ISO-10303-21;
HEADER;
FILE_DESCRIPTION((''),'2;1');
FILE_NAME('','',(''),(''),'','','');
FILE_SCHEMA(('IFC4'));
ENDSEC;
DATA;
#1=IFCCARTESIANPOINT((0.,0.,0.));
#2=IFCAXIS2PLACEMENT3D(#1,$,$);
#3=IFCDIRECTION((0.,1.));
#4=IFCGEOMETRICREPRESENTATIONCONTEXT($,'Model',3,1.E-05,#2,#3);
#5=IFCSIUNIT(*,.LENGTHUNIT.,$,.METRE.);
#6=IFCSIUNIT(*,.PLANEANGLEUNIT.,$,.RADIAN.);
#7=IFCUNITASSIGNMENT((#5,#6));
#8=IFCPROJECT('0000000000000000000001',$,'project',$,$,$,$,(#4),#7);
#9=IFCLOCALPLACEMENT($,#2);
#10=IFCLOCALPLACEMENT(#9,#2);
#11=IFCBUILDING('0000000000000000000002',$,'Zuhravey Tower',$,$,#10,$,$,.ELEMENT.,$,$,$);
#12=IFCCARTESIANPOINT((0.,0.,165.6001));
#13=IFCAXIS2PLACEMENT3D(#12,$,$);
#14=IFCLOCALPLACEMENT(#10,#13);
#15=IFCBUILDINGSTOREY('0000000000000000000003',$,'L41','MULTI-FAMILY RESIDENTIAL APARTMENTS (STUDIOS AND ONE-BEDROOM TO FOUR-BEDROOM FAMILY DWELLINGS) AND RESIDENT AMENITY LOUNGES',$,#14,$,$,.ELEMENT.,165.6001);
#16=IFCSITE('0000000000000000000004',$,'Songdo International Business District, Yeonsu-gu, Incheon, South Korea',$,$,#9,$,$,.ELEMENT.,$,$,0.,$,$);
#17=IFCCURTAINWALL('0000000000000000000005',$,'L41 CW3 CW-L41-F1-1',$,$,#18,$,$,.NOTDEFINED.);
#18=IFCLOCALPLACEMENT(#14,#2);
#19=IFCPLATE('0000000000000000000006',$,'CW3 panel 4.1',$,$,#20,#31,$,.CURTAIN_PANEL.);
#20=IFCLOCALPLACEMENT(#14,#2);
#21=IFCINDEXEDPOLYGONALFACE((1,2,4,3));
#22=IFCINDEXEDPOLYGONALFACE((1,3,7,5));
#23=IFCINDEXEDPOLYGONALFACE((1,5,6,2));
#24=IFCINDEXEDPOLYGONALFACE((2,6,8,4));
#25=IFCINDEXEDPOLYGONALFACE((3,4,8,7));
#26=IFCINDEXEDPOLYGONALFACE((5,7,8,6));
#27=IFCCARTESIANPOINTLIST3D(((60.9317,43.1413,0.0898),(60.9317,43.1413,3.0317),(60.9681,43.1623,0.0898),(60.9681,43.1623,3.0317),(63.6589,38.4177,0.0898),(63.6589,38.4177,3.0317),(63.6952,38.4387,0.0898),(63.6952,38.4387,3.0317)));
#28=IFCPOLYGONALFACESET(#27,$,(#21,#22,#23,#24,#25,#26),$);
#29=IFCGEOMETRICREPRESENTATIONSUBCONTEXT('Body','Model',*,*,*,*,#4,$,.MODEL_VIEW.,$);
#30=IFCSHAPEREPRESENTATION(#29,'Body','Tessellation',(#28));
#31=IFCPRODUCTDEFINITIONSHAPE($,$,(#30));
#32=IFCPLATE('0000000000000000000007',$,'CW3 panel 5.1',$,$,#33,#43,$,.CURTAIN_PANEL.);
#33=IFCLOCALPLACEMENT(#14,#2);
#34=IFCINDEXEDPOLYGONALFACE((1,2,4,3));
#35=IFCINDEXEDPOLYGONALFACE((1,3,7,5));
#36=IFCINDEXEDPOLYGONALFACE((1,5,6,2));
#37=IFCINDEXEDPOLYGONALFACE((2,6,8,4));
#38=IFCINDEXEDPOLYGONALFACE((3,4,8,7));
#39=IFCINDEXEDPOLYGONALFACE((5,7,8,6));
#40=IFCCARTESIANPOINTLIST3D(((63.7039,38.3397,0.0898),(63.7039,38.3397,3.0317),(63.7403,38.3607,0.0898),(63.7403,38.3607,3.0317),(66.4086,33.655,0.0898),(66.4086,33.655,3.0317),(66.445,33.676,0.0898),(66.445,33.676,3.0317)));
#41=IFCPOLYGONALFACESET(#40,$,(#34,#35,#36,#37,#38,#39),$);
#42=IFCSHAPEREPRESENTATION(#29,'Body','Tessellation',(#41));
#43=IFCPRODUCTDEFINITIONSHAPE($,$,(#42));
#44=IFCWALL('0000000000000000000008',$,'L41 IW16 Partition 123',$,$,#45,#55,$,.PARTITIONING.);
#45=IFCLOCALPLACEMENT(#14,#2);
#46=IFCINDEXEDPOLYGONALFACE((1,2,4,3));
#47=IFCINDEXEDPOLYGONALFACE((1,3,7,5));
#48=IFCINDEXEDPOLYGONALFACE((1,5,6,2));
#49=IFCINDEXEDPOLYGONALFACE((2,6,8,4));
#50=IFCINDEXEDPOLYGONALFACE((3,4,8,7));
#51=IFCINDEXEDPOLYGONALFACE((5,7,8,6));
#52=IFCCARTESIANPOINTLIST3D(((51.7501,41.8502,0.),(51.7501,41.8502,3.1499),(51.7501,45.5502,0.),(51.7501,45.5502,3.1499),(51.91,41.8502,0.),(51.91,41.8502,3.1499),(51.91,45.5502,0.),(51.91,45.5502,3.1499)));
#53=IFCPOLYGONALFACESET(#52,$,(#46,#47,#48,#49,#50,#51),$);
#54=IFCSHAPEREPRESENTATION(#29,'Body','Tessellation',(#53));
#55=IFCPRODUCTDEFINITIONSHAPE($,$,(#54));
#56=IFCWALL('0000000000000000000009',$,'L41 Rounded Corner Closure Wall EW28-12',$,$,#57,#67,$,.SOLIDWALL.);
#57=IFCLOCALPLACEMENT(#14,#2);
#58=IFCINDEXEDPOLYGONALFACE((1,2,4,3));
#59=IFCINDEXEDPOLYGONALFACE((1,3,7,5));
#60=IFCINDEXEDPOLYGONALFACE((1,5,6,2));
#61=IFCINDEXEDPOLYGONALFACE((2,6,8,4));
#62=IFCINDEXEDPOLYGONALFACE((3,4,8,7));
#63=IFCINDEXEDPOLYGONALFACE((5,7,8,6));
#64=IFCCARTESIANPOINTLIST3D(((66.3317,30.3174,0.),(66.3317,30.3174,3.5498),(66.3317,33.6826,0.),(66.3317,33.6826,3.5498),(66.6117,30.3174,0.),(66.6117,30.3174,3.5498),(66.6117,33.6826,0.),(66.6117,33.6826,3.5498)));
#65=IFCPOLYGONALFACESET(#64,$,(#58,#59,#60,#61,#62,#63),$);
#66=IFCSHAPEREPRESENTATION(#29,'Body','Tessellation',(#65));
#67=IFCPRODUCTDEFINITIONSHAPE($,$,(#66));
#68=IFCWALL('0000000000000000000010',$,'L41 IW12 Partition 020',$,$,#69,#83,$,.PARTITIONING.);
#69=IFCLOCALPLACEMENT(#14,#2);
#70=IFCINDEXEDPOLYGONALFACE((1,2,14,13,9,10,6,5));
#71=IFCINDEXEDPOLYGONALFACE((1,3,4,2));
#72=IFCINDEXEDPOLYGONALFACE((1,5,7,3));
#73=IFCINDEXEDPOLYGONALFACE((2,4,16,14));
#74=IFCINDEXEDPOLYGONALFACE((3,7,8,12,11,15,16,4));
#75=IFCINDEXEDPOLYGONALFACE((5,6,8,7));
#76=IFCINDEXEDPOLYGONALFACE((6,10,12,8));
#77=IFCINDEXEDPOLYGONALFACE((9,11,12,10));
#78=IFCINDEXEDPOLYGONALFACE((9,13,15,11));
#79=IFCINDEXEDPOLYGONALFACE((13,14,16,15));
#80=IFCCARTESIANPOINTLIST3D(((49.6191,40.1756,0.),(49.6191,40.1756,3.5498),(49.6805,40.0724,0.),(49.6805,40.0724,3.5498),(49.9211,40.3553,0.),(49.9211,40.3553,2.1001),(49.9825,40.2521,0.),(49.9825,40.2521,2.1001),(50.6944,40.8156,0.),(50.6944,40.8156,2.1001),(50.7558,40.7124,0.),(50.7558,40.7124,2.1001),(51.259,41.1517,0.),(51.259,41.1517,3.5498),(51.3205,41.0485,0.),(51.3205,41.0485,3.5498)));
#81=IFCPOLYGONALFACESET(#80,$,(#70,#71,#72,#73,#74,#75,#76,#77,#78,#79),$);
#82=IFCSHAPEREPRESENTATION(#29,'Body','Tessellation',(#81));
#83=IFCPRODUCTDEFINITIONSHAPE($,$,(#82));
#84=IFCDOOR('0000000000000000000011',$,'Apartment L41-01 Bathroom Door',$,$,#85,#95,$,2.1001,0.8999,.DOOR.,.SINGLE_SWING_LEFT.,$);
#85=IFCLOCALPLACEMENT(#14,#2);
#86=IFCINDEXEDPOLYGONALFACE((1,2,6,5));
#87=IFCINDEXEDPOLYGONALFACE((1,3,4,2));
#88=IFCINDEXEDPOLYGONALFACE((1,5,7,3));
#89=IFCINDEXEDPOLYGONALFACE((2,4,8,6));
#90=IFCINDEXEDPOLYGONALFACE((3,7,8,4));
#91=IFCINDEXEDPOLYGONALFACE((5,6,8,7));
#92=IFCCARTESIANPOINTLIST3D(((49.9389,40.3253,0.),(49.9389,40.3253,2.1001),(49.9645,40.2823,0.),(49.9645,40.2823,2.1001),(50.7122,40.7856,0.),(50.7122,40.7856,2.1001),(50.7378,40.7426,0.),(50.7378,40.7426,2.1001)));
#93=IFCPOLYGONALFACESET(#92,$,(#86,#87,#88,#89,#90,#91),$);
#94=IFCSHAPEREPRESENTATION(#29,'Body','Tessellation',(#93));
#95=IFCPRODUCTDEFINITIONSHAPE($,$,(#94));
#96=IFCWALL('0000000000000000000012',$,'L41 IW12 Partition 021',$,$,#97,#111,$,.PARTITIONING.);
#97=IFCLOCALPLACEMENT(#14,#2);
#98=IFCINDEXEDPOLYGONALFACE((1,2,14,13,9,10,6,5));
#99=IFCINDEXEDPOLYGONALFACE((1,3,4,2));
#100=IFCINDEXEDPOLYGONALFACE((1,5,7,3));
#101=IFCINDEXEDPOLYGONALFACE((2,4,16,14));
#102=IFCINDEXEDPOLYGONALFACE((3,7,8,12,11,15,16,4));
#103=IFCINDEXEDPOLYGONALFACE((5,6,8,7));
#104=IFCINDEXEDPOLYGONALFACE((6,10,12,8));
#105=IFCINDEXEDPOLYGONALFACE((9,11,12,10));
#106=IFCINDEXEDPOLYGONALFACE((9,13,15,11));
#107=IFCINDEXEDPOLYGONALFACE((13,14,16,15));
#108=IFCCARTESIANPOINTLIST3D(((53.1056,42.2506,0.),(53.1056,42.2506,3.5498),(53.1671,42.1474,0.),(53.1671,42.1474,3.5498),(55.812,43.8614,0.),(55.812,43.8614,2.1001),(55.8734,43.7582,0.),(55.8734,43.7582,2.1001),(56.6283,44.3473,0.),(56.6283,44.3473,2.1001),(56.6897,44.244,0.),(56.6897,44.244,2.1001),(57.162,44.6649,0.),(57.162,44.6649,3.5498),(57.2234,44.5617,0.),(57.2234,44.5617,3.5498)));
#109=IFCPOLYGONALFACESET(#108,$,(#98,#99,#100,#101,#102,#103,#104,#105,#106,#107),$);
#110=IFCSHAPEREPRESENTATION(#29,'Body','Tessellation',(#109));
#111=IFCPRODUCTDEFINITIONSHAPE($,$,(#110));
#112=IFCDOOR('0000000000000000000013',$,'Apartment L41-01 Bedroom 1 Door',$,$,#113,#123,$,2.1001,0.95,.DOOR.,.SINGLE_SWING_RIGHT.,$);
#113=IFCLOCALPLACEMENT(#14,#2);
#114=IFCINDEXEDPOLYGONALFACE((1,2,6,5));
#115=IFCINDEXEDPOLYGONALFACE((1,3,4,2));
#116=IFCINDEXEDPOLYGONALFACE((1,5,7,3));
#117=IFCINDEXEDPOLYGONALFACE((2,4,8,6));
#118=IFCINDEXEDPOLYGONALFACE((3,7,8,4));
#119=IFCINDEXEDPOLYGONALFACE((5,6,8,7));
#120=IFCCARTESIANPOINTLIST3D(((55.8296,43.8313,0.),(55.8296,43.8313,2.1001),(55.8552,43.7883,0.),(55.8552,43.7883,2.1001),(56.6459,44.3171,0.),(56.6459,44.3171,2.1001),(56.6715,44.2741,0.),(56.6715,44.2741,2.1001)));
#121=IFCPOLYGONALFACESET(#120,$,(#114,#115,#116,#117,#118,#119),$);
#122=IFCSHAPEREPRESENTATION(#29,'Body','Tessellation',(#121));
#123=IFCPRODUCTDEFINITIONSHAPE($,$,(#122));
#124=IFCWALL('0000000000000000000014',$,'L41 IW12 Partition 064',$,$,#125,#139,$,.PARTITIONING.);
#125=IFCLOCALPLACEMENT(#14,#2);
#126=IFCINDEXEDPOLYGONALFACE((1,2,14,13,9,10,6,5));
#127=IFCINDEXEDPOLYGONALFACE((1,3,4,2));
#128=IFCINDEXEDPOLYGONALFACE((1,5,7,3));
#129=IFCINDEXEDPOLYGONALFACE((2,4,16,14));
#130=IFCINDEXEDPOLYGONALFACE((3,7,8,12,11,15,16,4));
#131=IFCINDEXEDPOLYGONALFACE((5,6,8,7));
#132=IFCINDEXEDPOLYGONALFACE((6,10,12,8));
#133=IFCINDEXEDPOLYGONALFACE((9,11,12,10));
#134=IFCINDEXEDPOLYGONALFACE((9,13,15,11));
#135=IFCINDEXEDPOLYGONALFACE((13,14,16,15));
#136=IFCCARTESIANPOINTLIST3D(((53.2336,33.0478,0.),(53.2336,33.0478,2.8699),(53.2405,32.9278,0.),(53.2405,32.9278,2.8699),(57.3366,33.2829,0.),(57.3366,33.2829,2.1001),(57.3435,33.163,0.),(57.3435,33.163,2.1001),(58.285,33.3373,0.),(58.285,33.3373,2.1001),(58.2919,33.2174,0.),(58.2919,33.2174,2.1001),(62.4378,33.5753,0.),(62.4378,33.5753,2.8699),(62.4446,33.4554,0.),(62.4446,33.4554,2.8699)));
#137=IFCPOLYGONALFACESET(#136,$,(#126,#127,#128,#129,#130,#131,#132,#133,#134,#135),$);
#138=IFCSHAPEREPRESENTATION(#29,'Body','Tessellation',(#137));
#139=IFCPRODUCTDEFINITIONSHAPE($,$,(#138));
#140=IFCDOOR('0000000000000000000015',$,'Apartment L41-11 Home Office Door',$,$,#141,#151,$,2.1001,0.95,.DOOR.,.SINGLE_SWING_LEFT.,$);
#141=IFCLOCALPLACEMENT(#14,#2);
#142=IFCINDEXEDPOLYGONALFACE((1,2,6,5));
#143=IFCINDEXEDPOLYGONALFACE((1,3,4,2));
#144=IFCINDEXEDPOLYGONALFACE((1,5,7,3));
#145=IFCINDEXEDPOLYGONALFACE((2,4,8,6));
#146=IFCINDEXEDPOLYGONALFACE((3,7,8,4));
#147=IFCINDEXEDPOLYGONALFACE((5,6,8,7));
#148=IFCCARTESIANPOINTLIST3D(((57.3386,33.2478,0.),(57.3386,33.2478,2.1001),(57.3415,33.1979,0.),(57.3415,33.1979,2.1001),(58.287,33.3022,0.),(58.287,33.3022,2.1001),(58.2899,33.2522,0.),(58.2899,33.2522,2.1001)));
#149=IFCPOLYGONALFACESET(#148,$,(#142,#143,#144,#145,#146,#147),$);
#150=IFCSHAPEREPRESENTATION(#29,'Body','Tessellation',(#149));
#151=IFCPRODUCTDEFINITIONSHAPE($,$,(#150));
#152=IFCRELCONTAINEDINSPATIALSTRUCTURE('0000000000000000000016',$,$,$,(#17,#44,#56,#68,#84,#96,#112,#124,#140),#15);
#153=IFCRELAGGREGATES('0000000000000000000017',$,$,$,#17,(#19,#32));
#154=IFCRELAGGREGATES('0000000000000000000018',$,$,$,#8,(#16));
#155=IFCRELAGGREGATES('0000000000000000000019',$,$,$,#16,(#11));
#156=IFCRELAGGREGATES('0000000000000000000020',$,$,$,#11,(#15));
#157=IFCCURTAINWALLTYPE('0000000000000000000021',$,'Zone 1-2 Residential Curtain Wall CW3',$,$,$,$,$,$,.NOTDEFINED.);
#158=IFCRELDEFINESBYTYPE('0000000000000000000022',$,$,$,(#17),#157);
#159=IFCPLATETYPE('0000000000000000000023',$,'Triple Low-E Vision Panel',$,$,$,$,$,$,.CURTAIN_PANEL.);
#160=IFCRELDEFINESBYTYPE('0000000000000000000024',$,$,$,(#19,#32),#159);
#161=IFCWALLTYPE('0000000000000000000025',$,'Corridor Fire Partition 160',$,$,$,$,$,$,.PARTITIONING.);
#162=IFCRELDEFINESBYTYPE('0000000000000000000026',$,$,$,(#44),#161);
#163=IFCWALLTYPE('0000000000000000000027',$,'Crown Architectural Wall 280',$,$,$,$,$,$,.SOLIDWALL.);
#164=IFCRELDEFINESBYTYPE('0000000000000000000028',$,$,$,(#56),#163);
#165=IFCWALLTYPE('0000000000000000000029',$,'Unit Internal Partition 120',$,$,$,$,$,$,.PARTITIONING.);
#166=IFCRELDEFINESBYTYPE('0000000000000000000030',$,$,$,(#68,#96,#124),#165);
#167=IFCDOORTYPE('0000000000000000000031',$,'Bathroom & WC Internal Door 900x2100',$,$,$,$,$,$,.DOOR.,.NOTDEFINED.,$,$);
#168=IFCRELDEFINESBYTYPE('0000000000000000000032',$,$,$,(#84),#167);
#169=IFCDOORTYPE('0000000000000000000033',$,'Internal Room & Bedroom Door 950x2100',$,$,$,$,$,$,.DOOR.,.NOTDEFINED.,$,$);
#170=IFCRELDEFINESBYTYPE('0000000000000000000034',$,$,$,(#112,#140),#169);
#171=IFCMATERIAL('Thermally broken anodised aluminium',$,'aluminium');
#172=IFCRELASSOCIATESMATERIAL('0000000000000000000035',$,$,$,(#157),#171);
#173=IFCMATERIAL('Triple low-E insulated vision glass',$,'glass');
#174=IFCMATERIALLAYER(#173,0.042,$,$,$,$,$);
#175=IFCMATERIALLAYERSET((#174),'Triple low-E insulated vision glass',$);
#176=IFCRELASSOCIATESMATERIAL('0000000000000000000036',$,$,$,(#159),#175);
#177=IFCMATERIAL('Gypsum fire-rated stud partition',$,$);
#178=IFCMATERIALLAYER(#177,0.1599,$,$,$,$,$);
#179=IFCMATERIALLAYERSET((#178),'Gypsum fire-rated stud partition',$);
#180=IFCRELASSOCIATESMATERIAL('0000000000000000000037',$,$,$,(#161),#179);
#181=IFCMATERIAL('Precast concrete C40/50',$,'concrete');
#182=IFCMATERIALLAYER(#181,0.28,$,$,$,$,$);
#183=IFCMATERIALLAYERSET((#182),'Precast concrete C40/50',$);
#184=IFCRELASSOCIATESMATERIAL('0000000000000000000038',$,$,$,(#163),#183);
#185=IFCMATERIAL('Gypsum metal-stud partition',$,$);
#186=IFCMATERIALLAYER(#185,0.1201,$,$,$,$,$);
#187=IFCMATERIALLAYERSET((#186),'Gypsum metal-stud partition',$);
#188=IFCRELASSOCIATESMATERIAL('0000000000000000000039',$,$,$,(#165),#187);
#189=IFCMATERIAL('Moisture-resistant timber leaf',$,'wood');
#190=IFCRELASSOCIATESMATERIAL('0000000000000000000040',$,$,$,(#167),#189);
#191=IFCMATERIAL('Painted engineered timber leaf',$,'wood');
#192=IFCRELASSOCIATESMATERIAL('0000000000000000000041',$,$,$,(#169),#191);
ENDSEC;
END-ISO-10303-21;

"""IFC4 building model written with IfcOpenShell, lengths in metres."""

from ifc_helpers import new_model, si_unit, direction, frame, frame_2d, origin, origin_2d, place, context, subcontext, project, spatial, rectangle, extrude, material, layer, layer_set, type_object, element, fill, aggregate, save


model = new_model("IFC4")

# Units and contexts
model_context = context("Model", 3, precision=1e-05, world=origin(), true_north=direction((0.0, 1.0)))
body_context = subcontext(model_context, "Body", "Model", "MODEL_VIEW")
ifc_project = project(units=[si_unit("LENGTHUNIT", "METRE"), si_unit("PLANEANGLEUNIT", "RADIAN")], contexts=[model_context])

# Site, building, storey
site_placement = place(None, origin())
site = spatial("IfcSite", under=ifc_project, at=site_placement, Name="Songdo International Business District, Yeonsu-gu, Incheon, South Korea", CompositionType="ELEMENT", RefElevation=0.0)
building_placement = place(site_placement, origin())
building = spatial("IfcBuilding", under=site, at=building_placement, Name="Zuhravey Tower", CompositionType="ELEMENT")
storey_placement = place(building_placement, frame((0.0, 0.0, 165.6001)))
storey = spatial("IfcBuildingStorey", under=building, at=storey_placement, Name="L41", Description="MULTI-FAMILY RESIDENTIAL APARTMENTS (STUDIOS AND ONE-BEDROOM TO FOUR-BEDROOM FAMILY DWELLINGS) AND RESIDENT AMENITY LOUNGES", CompositionType="ELEMENT", Elevation=165.6001)

# Curtain wall
ifc_material_1 = material(Name="Thermally broken anodised aluminium", Category="aluminium")
curtain_wall_type = type_object("IfcCurtainWallType", Name="Zone 1-2 Residential Curtain Wall CW3", PredefinedType="NOTDEFINED", material=ifc_material_1)
curtain_wall_placement = place(storey_placement, origin())
curtain_wall = element("IfcCurtainWall", 1, at=curtain_wall_placement, inside=storey, type_object=curtain_wall_type, Name="L41 CW3 CW-L41-F1-1", PredefinedType="NOTDEFINED")

# Plates
ifc_material_2 = material(Name="Triple low-E insulated vision glass", Category="glass")
ifc_layer_1 = layer(ifc_material_2, 0.042)
ifc_layer_set_1 = layer_set([ifc_layer_1], Name="Triple low-E insulated vision glass")
plate_type = type_object("IfcPlateType", Name="Triple Low-E Vision Panel", PredefinedType="CURTAIN_PANEL", material=ifc_layer_set_1)
plate_1_placement = place(storey_placement, frame((62.3135, 40.79, 0.0898), z_axis=(0.0, 0.0, 1.0), x_axis=(0.5, -0.866025, 0.0)))
plate_1 = element("IfcPlate", 2, at=plate_1_placement, type_object=plate_type, Name="CW3 panel 4.1", PredefinedType="CURTAIN_PANEL", context=body_context, shape_type="SweptSolid", body=[
    extrude(rectangle(XDim=5.4543, YDim=0.042, at=origin_2d()), origin(), (0.0, 0.0, 1.0), 2.9419),
])
plate_2_placement = place(storey_placement, frame((65.0745, 36.0078, 0.0898), z_axis=(0.0, 0.0, 1.0), x_axis=(0.5, -0.866025, 0.0)))
plate_2 = element("IfcPlate", 3, at=plate_2_placement, type_object=plate_type, Name="CW3 panel 5.1", PredefinedType="CURTAIN_PANEL", context=body_context, shape_type="SweptSolid", body=[
    extrude(rectangle(XDim=5.4094, YDim=0.042, at=origin_2d()), origin(), (0.0, 0.0, 1.0), 2.9419),
])
aggregate(curtain_wall, [plate_1, plate_2])

# Walls
ifc_material_3 = material(Name="Gypsum fire-rated stud partition")
ifc_layer_2 = layer(ifc_material_3, 0.1599)
ifc_layer_set_2 = layer_set([ifc_layer_2], Name="Gypsum fire-rated stud partition")
wall_type_1 = type_object("IfcWallType", Name="Corridor Fire Partition 160", PredefinedType="PARTITIONING", material=ifc_layer_set_2)
wall_1_placement = place(storey_placement, frame((51.8301, 41.8501, 0.0), z_axis=(0.0, 0.0, 1.0), x_axis=(0.0, 1.0, 0.0)))
element("IfcWall", 4, at=wall_1_placement, inside=storey, type_object=wall_type_1, Name="L41 IW16 Partition 123", PredefinedType="PARTITIONING", context=body_context, shape_type="SweptSolid", body=[
    extrude(rectangle(XDim=3.7, YDim=0.1599, at=frame_2d((1.8501, 0.0))), origin(), (0.0, 0.0, 1.0), 3.1499),
])
ifc_material_4 = material(Name="Precast concrete C40/50", Category="concrete")
ifc_layer_3 = layer(ifc_material_4, 0.28)
ifc_layer_set_3 = layer_set([ifc_layer_3], Name="Precast concrete C40/50")
wall_type_2 = type_object("IfcWallType", Name="Crown Architectural Wall 280", PredefinedType="SOLIDWALL", material=ifc_layer_set_3)
wall_2_placement = place(storey_placement, frame((66.4717, 33.6826, 0.0), z_axis=(0.0, 0.0, 1.0), x_axis=(0.0, -1.0, 0.0)))
element("IfcWall", 5, at=wall_2_placement, inside=storey, type_object=wall_type_2, Name="L41 Rounded Corner Closure Wall EW28-12", PredefinedType="SOLIDWALL", context=body_context, shape_type="SweptSolid", body=[
    extrude(rectangle(XDim=3.3652, YDim=0.28, at=frame_2d((1.6826, 0.0))), origin(), (0.0, 0.0, 1.0), 3.5498),
])

# Walls, openings, doors
ifc_material_5 = material(Name="Gypsum metal-stud partition")
ifc_layer_4 = layer(ifc_material_5, 0.1201)
ifc_layer_set_4 = layer_set([ifc_layer_4], Name="Gypsum metal-stud partition")
wall_type_3 = type_object("IfcWallType", Name="Unit Internal Partition 120", PredefinedType="PARTITIONING", material=ifc_layer_set_4)
wall_3_placement = place(storey_placement, frame((49.6499, 40.124, 0.0), z_axis=(0.0, 0.0, 1.0), x_axis=(0.859305, 0.511464, 0.0)))
wall_3 = element("IfcWall", 6, at=wall_3_placement, inside=storey, type_object=wall_type_3, Name="L41 IW12 Partition 020", PredefinedType="PARTITIONING", context=body_context, shape_type="SweptSolid", body=[
    extrude(rectangle(XDim=1.9084, YDim=0.1201, at=frame_2d((0.9541, 0.0))), origin(), (0.0, 0.0, 1.0), 3.5498),
])
opening_1_placement = place(wall_3_placement, frame((0.3513, 0.0, 0.0)))
opening_1 = element("IfcOpeningElement", 7, at=opening_1_placement, cuts=wall_3, PredefinedType="OPENING", context=body_context, shape_type="SweptSolid", body=[
    extrude(rectangle(XDim=0.8999, YDim=2.1001, at=frame_2d((0.45, 1.05))), frame((0.0, 0.072, 0.0), z_axis=(0.0, -1.0, 0.0), x_axis=(1.0, 0.0, 0.0)), (0.0, 0.0, 1.0), 0.144),
])
ifc_material_6 = material(Name="Moisture-resistant timber leaf", Category="wood")
door_type_1 = type_object("IfcDoorType", Name="Bathroom & WC Internal Door 900x2100", OperationType="NOTDEFINED", PredefinedType="DOOR", material=ifc_material_6)
door_1_placement = place(opening_1_placement, frame((0.8999, 0.0, 0.0), z_axis=(0.0, 0.0, 1.0), x_axis=(-1.0, 0.0, 0.0)))
door_1 = element("IfcDoor", 8, at=door_1_placement, inside=storey, type_object=door_type_1, Name="Apartment L41-01 Bathroom Door", OperationType="SINGLE_SWING_LEFT", OverallHeight=2.1001, OverallWidth=0.8999, PredefinedType="DOOR", context=body_context, shape_type="SweptSolid", body=[
    extrude(rectangle(XDim=0.8999, YDim=2.1001, at=frame_2d((0.45, 1.05))), frame((0.0, 0.0249, 0.0), z_axis=(0.0, -1.0, 0.0), x_axis=(1.0, 0.0, 0.0)), (0.0, 0.0, 1.0), 0.05),
])
fill(opening_1, door_1)
wall_4_placement = place(storey_placement, frame((53.1362, 42.199, 0.0), z_axis=(0.0, 0.0, 1.0), x_axis=(0.859313, 0.51145, 0.0)))
wall_4 = element("IfcWall", 9, at=wall_4_placement, inside=storey, type_object=wall_type_3, Name="L41 IW12 Partition 021", PredefinedType="PARTITIONING", context=body_context, shape_type="SweptSolid", body=[
    extrude(rectangle(XDim=4.7205, YDim=0.1201, at=frame_2d((2.3604, 0.0))), origin(), (0.0, 0.0, 1.0), 3.5498),
])
opening_2_placement = place(wall_4_placement, frame((3.1494, 0.0, 0.0)))
opening_2 = element("IfcOpeningElement", 10, at=opening_2_placement, cuts=wall_4, PredefinedType="OPENING", context=body_context, shape_type="SweptSolid", body=[
    extrude(rectangle(XDim=0.95, YDim=2.1001, at=frame_2d((0.4751, 1.05))), frame((0.0, 0.072, 0.0), z_axis=(0.0, -1.0, 0.0), x_axis=(1.0, 0.0, 0.0)), (0.0, 0.0, 1.0), 0.144),
])
ifc_material_7 = material(Name="Painted engineered timber leaf", Category="wood")
door_type_2 = type_object("IfcDoorType", Name="Internal Room & Bedroom Door 950x2100", OperationType="NOTDEFINED", PredefinedType="DOOR", material=ifc_material_7)
door_2_placement = place(opening_2_placement, frame((0.95, 0.0, 0.0), z_axis=(0.0, 0.0, 1.0), x_axis=(-1.0, 0.0, 0.0)))
door_2 = element("IfcDoor", 11, at=door_2_placement, inside=storey, type_object=door_type_2, Name="Apartment L41-01 Bedroom 1 Door", OperationType="SINGLE_SWING_RIGHT", OverallHeight=2.1001, OverallWidth=0.95, PredefinedType="DOOR", context=body_context, shape_type="SweptSolid", body=[
    extrude(rectangle(XDim=0.95, YDim=2.1001, at=frame_2d((0.4751, 1.05))), frame((0.0, 0.0249, 0.0), z_axis=(0.0, -1.0, 0.0), x_axis=(1.0, 0.0, 0.0)), (0.0, 0.0, 1.0), 0.05),
])
fill(opening_2, door_2)
wall_5_placement = place(storey_placement, frame((53.2371, 32.9878, 0.0), z_axis=(0.0, 0.0, 1.0), x_axis=(0.998361, 0.057227, 0.0)))
wall_5 = element("IfcWall", 12, at=wall_5_placement, inside=storey, type_object=wall_type_3, Name="L41 IW12 Partition 064", PredefinedType="PARTITIONING", context=body_context, shape_type="SweptSolid", body=[
    extrude(rectangle(XDim=9.2192, YDim=0.1201, at=frame_2d((4.6096, 0.0))), origin(), (0.0, 0.0, 1.0), 2.8699),
])
opening_3_placement = place(wall_5_placement, frame((4.1096, 0.0, 0.0)))
opening_3 = element("IfcOpeningElement", 13, at=opening_3_placement, cuts=wall_5, PredefinedType="OPENING", context=body_context, shape_type="SweptSolid", body=[
    extrude(rectangle(XDim=0.95, YDim=2.1001, at=frame_2d((0.4751, 1.05))), frame((0.0, 0.072, 0.0), z_axis=(0.0, -1.0, 0.0), x_axis=(1.0, 0.0, 0.0)), (0.0, 0.0, 1.0), 0.144),
])
door_3_placement = place(opening_3_placement, origin())
door_3 = element("IfcDoor", 14, at=door_3_placement, inside=storey, type_object=door_type_2, Name="Apartment L41-11 Home Office Door", OperationType="SINGLE_SWING_LEFT", OverallHeight=2.1001, OverallWidth=0.95, PredefinedType="DOOR", context=body_context, shape_type="SweptSolid", body=[
    extrude(rectangle(XDim=0.95, YDim=2.1001, at=frame_2d((0.4751, 1.05))), frame((0.0, 0.0249, 0.0), z_axis=(0.0, -1.0, 0.0), x_axis=(1.0, 0.0, 0.0)), (0.0, 0.0, 1.0), 0.05),
])
fill(opening_3, door_3)

save(model, "model.ifc")
